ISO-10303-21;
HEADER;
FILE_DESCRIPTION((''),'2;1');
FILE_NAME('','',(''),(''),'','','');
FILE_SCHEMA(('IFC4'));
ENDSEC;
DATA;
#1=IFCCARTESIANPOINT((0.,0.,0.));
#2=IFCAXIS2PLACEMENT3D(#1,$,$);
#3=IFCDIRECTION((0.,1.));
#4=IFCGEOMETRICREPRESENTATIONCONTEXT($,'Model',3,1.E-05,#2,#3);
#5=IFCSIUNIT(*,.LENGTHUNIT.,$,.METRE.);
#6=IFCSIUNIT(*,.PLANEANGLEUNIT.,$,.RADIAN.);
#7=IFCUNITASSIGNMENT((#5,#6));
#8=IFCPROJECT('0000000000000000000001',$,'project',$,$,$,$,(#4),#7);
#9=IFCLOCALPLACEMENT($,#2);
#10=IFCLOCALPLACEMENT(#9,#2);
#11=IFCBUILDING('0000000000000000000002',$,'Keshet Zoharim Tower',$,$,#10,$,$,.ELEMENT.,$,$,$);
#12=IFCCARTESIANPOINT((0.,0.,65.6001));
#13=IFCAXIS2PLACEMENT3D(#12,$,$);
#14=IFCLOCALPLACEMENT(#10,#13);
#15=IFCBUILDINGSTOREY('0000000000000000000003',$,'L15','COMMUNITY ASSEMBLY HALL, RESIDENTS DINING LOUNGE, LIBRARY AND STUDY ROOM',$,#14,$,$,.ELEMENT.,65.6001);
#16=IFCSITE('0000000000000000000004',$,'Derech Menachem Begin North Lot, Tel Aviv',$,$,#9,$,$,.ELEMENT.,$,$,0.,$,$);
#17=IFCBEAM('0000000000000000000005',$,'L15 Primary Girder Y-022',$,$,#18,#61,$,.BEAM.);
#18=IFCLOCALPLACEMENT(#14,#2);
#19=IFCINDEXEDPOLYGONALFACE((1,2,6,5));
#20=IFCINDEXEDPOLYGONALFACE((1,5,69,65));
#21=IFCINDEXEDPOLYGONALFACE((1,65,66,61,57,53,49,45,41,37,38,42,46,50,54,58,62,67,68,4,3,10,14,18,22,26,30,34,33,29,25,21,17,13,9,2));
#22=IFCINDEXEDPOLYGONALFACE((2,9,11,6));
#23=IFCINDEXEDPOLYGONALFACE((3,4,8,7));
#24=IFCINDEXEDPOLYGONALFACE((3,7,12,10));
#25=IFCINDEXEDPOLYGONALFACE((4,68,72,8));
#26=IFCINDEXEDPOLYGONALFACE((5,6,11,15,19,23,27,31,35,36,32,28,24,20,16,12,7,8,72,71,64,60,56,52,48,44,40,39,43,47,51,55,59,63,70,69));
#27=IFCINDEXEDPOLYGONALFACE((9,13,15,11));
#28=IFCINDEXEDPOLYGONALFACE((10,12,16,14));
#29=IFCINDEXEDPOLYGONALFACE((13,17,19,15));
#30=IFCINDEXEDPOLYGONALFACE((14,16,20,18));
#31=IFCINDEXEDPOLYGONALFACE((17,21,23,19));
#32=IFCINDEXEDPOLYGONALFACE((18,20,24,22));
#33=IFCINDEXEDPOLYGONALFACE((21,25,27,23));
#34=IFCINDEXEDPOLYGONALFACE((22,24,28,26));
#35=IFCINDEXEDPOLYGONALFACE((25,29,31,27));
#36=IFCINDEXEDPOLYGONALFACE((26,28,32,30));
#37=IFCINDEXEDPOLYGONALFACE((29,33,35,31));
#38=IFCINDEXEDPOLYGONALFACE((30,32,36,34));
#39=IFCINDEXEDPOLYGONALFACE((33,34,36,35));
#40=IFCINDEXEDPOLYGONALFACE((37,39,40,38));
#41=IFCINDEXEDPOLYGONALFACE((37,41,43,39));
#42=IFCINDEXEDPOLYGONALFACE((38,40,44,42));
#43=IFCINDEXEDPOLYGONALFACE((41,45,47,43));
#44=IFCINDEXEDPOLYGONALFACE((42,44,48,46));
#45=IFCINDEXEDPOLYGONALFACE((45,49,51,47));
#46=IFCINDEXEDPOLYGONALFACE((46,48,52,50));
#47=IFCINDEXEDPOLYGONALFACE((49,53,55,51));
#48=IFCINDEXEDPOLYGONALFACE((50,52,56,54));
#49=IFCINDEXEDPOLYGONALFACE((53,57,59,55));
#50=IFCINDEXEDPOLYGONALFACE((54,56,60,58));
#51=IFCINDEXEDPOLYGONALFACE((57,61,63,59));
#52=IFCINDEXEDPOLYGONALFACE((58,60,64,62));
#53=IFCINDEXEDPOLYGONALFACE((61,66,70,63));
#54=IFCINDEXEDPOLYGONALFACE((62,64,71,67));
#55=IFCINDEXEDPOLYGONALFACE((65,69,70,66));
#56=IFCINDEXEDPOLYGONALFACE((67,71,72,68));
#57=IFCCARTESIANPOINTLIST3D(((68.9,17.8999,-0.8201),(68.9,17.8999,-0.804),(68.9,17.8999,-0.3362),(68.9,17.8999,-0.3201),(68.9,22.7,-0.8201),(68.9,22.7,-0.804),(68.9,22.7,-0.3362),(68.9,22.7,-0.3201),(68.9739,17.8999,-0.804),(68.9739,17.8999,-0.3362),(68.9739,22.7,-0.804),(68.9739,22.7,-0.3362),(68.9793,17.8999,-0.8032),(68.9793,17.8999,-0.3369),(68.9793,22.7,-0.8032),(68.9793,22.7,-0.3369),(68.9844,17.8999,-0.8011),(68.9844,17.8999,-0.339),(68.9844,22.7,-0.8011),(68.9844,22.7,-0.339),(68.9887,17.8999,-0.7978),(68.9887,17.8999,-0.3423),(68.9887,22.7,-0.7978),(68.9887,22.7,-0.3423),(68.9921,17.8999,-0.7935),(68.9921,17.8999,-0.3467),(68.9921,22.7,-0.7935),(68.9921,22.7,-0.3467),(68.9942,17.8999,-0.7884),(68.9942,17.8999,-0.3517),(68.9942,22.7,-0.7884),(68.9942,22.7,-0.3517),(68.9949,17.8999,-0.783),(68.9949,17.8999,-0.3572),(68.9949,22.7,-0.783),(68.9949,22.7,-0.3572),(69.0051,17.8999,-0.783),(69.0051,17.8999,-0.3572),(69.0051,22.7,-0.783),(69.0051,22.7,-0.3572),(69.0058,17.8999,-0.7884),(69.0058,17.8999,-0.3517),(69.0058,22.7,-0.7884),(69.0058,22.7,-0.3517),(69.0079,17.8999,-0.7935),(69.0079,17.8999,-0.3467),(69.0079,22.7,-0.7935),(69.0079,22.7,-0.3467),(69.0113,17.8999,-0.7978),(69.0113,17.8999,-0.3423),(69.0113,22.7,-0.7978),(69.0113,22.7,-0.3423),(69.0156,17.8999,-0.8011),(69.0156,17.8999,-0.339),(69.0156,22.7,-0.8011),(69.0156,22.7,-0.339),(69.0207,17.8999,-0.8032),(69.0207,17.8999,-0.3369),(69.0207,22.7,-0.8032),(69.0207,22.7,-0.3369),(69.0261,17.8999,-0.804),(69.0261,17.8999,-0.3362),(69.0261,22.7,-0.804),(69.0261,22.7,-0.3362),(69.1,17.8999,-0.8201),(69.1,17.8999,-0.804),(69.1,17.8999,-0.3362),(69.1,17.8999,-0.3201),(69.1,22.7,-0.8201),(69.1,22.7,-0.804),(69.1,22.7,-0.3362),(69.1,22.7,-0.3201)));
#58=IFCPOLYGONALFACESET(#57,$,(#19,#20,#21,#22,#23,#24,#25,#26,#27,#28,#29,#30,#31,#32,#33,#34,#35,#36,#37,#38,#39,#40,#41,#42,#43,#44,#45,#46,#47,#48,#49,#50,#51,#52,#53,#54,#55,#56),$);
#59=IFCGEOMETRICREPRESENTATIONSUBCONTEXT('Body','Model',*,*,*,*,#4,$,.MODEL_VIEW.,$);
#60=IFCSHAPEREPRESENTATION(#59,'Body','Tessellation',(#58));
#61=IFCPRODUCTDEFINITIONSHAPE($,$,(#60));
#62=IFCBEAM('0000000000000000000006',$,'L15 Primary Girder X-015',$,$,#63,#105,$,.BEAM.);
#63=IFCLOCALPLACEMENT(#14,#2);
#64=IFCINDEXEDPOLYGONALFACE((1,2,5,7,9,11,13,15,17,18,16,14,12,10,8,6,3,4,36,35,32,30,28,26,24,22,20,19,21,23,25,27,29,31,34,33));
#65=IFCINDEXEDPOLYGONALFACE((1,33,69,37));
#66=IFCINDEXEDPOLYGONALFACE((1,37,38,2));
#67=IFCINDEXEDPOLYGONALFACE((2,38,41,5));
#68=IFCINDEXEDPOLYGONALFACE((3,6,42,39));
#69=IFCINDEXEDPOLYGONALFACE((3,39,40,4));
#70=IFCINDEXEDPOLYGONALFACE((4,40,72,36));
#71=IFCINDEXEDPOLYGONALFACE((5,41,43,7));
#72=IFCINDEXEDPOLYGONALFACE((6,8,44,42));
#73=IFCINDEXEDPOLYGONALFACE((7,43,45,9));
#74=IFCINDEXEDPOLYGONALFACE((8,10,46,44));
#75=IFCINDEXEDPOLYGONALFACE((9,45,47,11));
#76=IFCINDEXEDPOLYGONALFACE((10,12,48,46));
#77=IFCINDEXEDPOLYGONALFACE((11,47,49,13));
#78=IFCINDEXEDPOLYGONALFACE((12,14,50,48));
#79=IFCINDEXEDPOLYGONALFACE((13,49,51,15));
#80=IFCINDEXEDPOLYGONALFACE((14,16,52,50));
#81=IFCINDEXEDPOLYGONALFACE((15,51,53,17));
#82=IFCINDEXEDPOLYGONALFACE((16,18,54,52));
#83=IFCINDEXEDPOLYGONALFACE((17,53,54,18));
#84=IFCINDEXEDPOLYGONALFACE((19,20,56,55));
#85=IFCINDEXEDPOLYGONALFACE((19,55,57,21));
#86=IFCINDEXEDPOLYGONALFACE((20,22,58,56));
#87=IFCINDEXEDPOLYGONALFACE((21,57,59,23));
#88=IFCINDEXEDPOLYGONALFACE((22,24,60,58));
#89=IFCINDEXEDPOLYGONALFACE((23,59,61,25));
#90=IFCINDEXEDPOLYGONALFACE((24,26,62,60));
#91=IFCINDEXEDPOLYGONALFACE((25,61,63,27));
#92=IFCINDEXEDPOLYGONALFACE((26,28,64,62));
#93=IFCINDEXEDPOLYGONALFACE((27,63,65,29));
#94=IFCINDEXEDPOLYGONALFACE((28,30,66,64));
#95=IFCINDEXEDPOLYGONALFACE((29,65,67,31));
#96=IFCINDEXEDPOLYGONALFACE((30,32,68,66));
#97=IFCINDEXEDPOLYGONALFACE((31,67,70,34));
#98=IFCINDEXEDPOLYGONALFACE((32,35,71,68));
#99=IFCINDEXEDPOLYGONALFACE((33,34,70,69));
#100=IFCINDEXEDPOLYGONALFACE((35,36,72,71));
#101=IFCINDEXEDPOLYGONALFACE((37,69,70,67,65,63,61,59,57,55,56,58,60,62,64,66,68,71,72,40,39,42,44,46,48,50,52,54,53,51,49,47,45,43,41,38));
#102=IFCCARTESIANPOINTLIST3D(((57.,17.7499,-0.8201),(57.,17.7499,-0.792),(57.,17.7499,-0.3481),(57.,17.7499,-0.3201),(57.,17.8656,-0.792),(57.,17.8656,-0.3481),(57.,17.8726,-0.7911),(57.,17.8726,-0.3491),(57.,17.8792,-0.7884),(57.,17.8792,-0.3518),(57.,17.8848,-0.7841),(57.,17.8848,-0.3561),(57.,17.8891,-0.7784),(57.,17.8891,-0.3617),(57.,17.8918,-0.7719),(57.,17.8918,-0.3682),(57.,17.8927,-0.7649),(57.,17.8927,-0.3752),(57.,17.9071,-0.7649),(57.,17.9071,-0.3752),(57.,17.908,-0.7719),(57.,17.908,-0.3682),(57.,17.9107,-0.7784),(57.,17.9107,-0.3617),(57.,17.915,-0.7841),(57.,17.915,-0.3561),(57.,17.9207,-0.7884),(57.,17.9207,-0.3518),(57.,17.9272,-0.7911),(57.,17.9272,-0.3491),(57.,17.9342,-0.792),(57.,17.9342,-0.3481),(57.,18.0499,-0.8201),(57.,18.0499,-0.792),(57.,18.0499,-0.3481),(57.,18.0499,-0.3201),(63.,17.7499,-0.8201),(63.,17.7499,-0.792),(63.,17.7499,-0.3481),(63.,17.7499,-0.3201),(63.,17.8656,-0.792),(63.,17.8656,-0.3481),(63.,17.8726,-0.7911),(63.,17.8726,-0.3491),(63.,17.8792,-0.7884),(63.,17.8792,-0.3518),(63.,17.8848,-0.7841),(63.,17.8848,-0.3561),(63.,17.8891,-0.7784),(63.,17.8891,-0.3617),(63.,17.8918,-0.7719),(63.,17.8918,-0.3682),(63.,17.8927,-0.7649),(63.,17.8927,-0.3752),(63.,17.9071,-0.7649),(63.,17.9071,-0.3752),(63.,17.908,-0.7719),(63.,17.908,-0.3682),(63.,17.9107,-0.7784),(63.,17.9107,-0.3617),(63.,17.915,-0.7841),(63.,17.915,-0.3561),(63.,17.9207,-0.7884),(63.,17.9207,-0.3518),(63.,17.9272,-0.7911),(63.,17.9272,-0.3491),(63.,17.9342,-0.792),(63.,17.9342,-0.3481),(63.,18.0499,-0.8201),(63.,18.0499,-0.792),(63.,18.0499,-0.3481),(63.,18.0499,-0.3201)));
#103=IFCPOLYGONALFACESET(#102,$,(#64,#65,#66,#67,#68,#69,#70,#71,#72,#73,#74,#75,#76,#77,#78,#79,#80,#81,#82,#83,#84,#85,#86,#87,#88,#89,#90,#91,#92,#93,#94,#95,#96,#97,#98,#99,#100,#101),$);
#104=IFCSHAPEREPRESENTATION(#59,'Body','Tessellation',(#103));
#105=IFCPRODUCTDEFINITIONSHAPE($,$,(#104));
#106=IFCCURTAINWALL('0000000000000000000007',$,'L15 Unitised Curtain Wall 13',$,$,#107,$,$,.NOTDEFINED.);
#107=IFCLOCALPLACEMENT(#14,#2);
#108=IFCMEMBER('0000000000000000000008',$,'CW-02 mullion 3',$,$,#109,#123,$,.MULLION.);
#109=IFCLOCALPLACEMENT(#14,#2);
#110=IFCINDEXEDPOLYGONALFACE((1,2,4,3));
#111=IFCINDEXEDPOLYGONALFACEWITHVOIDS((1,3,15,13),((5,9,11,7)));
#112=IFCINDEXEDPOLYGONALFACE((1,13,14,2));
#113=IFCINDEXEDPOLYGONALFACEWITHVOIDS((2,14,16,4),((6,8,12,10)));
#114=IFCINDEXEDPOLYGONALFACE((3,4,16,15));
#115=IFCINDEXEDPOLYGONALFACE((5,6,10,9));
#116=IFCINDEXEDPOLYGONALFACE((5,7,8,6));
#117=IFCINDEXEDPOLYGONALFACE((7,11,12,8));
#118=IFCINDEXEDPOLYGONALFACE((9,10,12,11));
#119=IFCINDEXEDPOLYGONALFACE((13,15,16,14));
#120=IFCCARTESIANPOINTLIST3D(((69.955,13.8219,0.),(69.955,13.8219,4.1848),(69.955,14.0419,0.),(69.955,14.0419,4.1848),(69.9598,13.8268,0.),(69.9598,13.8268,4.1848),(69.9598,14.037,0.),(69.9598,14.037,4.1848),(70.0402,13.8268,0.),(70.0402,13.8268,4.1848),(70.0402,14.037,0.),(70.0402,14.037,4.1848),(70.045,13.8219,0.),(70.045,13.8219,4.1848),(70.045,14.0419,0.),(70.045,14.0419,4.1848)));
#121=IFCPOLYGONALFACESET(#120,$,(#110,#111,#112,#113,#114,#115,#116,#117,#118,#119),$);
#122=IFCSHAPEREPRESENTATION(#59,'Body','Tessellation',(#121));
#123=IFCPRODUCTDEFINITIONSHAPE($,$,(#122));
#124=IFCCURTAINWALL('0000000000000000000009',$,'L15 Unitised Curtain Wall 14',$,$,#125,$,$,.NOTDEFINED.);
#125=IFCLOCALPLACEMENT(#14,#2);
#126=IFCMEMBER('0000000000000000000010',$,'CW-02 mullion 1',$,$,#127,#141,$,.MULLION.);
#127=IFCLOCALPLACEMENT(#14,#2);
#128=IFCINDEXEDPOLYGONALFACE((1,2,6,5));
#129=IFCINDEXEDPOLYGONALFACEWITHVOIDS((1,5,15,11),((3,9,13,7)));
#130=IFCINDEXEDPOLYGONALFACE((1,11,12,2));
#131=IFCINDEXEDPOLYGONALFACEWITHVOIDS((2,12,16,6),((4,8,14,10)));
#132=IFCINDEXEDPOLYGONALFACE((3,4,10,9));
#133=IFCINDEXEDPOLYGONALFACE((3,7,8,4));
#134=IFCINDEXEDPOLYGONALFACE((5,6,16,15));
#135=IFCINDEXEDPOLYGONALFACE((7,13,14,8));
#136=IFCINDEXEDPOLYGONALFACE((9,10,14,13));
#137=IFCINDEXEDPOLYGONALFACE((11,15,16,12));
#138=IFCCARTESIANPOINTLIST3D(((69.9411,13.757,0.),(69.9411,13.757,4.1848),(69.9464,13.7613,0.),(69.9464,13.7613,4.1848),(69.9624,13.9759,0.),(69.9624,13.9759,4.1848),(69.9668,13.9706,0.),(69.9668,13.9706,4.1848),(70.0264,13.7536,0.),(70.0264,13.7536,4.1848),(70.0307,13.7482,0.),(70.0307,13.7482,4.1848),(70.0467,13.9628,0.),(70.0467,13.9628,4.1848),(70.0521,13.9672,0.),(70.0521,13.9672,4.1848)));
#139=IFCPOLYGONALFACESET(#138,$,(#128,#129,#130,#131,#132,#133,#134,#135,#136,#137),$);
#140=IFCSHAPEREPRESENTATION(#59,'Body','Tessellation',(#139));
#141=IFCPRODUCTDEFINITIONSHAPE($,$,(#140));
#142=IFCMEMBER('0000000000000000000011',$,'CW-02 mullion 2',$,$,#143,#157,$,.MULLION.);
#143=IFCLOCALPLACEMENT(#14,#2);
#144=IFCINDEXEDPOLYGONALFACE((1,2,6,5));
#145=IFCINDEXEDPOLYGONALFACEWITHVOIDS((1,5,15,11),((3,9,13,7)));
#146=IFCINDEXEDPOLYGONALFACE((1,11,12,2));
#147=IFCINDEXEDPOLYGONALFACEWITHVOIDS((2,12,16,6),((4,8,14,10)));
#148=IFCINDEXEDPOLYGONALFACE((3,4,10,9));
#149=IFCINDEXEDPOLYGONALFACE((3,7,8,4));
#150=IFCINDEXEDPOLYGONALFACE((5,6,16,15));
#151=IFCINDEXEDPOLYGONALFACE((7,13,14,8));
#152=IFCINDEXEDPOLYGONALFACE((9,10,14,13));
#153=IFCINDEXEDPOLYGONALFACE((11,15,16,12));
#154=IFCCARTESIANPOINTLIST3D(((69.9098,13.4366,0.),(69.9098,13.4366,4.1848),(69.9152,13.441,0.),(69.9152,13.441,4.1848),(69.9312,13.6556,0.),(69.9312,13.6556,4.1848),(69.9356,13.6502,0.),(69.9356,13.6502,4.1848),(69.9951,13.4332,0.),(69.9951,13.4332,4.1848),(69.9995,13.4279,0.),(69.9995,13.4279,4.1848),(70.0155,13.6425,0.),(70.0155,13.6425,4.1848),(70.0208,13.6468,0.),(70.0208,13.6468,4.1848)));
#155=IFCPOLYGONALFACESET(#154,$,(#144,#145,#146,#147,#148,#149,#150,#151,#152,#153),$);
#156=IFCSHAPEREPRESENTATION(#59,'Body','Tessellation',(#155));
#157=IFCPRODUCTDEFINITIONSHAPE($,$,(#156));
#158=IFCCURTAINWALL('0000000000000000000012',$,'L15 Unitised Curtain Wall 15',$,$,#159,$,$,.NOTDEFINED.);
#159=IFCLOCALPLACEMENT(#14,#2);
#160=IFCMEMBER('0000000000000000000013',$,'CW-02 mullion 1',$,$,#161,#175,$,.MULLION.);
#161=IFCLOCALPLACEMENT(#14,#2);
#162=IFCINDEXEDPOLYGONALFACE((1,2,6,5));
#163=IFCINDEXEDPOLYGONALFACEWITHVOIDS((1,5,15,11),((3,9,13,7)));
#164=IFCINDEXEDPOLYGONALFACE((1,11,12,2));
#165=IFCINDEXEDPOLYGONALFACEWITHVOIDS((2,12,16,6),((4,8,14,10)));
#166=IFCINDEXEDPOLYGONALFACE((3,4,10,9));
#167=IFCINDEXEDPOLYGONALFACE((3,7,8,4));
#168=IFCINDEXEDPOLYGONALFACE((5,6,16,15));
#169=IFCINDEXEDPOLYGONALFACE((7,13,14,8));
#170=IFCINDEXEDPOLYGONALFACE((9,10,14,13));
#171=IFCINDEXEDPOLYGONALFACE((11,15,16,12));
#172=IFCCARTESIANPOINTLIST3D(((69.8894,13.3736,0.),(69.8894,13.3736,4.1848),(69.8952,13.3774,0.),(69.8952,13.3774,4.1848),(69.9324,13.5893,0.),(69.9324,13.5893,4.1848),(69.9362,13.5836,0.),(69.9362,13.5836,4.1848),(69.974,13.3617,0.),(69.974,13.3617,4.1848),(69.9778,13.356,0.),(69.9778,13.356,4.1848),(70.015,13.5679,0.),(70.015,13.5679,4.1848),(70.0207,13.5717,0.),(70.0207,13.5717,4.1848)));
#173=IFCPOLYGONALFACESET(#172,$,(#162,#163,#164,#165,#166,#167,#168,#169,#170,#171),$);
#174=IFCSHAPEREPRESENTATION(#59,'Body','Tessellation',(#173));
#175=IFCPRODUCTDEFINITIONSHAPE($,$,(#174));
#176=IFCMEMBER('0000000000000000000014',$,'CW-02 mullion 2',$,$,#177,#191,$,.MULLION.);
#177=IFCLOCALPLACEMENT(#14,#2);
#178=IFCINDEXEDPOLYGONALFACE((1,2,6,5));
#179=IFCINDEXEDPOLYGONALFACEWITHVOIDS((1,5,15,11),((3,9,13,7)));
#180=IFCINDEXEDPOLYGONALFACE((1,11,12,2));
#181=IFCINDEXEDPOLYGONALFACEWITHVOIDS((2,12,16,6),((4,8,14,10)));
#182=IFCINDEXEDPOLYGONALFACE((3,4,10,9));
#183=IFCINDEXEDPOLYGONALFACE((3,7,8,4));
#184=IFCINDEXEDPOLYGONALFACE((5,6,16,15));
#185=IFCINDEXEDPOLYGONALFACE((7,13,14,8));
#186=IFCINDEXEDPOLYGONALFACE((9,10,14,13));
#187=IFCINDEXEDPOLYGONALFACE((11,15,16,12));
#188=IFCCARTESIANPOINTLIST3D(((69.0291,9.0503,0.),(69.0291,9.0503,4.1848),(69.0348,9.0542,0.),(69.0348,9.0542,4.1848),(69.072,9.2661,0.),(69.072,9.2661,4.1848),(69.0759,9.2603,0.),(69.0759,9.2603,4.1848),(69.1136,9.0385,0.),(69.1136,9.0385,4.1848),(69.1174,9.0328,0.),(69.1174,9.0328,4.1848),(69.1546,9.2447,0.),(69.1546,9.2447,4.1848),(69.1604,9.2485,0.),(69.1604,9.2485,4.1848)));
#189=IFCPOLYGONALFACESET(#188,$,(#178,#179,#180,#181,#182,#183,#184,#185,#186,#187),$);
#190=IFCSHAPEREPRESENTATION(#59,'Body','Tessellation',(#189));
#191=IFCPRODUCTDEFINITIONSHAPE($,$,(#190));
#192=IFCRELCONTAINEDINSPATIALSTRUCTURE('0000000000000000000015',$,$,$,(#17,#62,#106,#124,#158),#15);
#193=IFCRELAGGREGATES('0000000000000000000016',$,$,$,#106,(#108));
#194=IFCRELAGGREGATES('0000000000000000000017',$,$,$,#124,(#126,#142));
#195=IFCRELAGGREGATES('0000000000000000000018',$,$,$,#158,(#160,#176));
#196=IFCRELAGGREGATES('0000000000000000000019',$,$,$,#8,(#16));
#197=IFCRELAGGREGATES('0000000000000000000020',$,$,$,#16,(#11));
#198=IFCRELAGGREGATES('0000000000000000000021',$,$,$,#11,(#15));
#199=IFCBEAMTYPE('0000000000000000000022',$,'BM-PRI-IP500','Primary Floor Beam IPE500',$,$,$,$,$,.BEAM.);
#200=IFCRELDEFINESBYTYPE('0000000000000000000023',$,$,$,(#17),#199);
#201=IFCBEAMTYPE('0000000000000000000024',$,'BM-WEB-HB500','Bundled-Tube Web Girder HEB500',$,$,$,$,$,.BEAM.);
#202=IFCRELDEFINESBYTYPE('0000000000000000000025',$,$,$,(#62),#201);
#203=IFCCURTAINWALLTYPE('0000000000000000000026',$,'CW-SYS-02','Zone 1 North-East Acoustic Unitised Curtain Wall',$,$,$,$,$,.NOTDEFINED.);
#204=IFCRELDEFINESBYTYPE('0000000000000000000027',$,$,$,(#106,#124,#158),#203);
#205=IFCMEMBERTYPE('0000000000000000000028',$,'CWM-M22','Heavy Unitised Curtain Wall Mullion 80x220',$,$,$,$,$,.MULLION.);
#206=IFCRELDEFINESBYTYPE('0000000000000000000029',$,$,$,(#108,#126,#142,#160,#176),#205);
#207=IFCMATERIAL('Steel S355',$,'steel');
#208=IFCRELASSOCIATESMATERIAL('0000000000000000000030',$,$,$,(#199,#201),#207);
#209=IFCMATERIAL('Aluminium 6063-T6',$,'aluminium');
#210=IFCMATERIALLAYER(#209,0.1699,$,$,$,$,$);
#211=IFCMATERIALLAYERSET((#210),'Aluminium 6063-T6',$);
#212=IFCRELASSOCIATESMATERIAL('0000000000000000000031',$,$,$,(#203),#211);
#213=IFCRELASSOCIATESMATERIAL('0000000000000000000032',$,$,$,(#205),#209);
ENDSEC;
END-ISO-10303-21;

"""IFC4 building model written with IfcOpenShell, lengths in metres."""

from ifc_helpers import new_model, si_unit, direction, frame, origin, origin_2d, place, context, subcontext, project, spatial, hollow_rectangle, i_section, extrude, material, layer, layer_set, material_profile, profile_set, type_object, element, aggregate, save


model = new_model("IFC4")

# Units and contexts
model_context = context("Model", 3, precision=1e-05, world=origin(), true_north=direction((0.0, 1.0)))
body_context = subcontext(model_context, "Body", "Model", "MODEL_VIEW")
ifc_project = project(units=[si_unit("LENGTHUNIT", "METRE"), si_unit("PLANEANGLEUNIT", "RADIAN")], contexts=[model_context])

# Site, building, storey
site_placement = place(None, origin())
site = spatial("IfcSite", under=ifc_project, at=site_placement, Name="Derech Menachem Begin North Lot, Tel Aviv", CompositionType="ELEMENT", RefElevation=0.0)
building_placement = place(site_placement, origin())
building = spatial("IfcBuilding", under=site, at=building_placement, Name="Keshet Zoharim Tower", CompositionType="ELEMENT")
storey_placement = place(building_placement, frame((0.0, 0.0, 65.6001)))
storey = spatial("IfcBuildingStorey", under=building, at=storey_placement, Name="L15", Description="COMMUNITY ASSEMBLY HALL, RESIDENTS DINING LOUNGE, LIBRARY AND STUDY ROOM", CompositionType="ELEMENT", Elevation=65.6001)

# Shared definitions
ifc_material_1 = material(Name="Steel S355", Category="steel")

# Beams
ifc_material_profile_1 = material_profile(ifc_material_1, i_section(OverallWidth=0.2, OverallDepth=0.5, WebThickness=0.0103, FlangeThickness=0.0161, FilletRadius=0.021, at=origin_2d()), Name="IPE500")
ifc_profile_set_1 = profile_set([ifc_material_profile_1], Name="Steel S355")
beam_type_1 = type_object("IfcBeamType", Name="BM-PRI-IP500", Description="Primary Floor Beam IPE500", PredefinedType="BEAM", material=ifc_profile_set_1)
beam_1_placement = place(storey_placement, frame((69.0, 17.8999, -0.5701), z_axis=(0.0, 1.0, 0.0), x_axis=(-1.0, 0.0, 0.0)))
element("IfcBeam", 1, at=beam_1_placement, inside=storey, type_object=beam_type_1, Name="L15 Primary Girder Y-022", PredefinedType="BEAM", context=body_context, shape_type="SweptSolid", body=[
    extrude(i_section(OverallWidth=0.2, OverallDepth=0.5, WebThickness=0.0103, FlangeThickness=0.0161, FilletRadius=0.021, at=origin_2d()), origin(), (0.0, 0.0, 1.0), 4.8),
])
ifc_material_profile_2 = material_profile(ifc_material_1, i_section(OverallWidth=0.3, OverallDepth=0.5, WebThickness=0.0144, FlangeThickness=0.0281, FilletRadius=0.0271, at=origin_2d()), Name="HEB500")
ifc_profile_set_2 = profile_set([ifc_material_profile_2], Name="Steel S355")
beam_type_2 = type_object("IfcBeamType", Name="BM-WEB-HB500", Description="Bundled-Tube Web Girder HEB500", PredefinedType="BEAM", material=ifc_profile_set_2)
beam_2_placement = place(storey_placement, frame((57.0, 17.8999, -0.5701), z_axis=(1.0, 0.0, 0.0), x_axis=(0.0, 1.0, 0.0)))
element("IfcBeam", 2, at=beam_2_placement, inside=storey, type_object=beam_type_2, Name="L15 Primary Girder X-015", PredefinedType="BEAM", context=body_context, shape_type="SweptSolid", body=[
    extrude(i_section(OverallWidth=0.3, OverallDepth=0.5, WebThickness=0.0144, FlangeThickness=0.0281, FilletRadius=0.0271, at=origin_2d()), origin(), (0.0, 0.0, 1.0), 6.0),
])

# Curtain wall, member
ifc_material_2 = material(Name="Aluminium 6063-T6", Category="aluminium")
ifc_layer_1 = layer(ifc_material_2, 0.1699)
ifc_layer_set_1 = layer_set([ifc_layer_1], Name="Aluminium 6063-T6")
curtain_wall_type = type_object("IfcCurtainWallType", Name="CW-SYS-02", Description="Zone 1 North-East Acoustic Unitised Curtain Wall", PredefinedType="NOTDEFINED", material=ifc_layer_set_1)
curtain_wall_1_placement = place(storey_placement, origin())
curtain_wall_1 = element("IfcCurtainWall", 3, at=curtain_wall_1_placement, inside=storey, type_object=curtain_wall_type, Name="L15 Unitised Curtain Wall 13", PredefinedType="NOTDEFINED")
ifc_material_profile_3 = material_profile(ifc_material_2, hollow_rectangle(XDim=0.0901, YDim=0.22, WallThickness=0.0049, at=origin_2d()), Name="MUL-90x220")
ifc_profile_set_3 = profile_set([ifc_material_profile_3], Name="Aluminium 6063-T6")
member_type_1 = type_object("IfcMemberType", Name="CWM-M22", Description="Heavy Unitised Curtain Wall Mullion 80x220", PredefinedType="MULLION", material=ifc_profile_set_3)
member_1_placement = place(storey_placement, frame((70.0, 13.9319, 0.0), z_axis=(0.0, 0.0, 1.0), x_axis=(1.0, 0.0, 0.0)))
member_1 = element("IfcMember", 4, at=member_1_placement, type_object=member_type_1, Name="CW-02 mullion 3", PredefinedType="MULLION", context=body_context, shape_type="SweptSolid", body=[
    extrude(hollow_rectangle(XDim=0.0901, YDim=0.22, WallThickness=0.0049, at=origin_2d()), origin(), (0.0, 0.0, 1.0), 4.1848),
])

# Curtain walls, members
curtain_wall_2_placement = place(storey_placement, origin())
curtain_wall_2 = element("IfcCurtainWall", 5, at=curtain_wall_2_placement, inside=storey, type_object=curtain_wall_type, Name="L15 Unitised Curtain Wall 14", PredefinedType="NOTDEFINED")
member_2_placement = place(storey_placement, frame((69.9966, 13.8621, 0.0), z_axis=(0.0, 0.0, 1.0), x_axis=(0.995287, -0.096977, 0.0)))
member_2 = element("IfcMember", 6, at=member_2_placement, type_object=member_type_1, Name="CW-02 mullion 1", PredefinedType="MULLION", context=body_context, shape_type="SweptSolid", body=[
    extrude(hollow_rectangle(XDim=0.0901, YDim=0.22, WallThickness=0.0049, at=origin_2d()), origin(), (0.0, 0.0, 1.0), 4.1848),
])
member_3_placement = place(storey_placement, frame((69.9653, 13.5417, 0.0), z_axis=(0.0, 0.0, 1.0), x_axis=(0.995287, -0.096977, 0.0)))
member_3 = element("IfcMember", 7, at=member_3_placement, type_object=member_type_1, Name="CW-02 mullion 2", PredefinedType="MULLION", context=body_context, shape_type="SweptSolid", body=[
    extrude(hollow_rectangle(XDim=0.0901, YDim=0.22, WallThickness=0.0049, at=origin_2d()), origin(), (0.0, 0.0, 1.0), 4.1848),
])
curtain_wall_3_placement = place(storey_placement, origin())
curtain_wall_3 = element("IfcCurtainWall", 8, at=curtain_wall_3_placement, inside=storey, type_object=curtain_wall_type, Name="L15 Unitised Curtain Wall 15", PredefinedType="NOTDEFINED")
member_4_placement = place(storey_placement, frame((69.9551, 13.4727, 0.0), z_axis=(0.0, 0.0, 1.0), x_axis=(0.980769, -0.195171, 0.0)))
member_4 = element("IfcMember", 9, at=member_4_placement, type_object=member_type_1, Name="CW-02 mullion 1", PredefinedType="MULLION", context=body_context, shape_type="SweptSolid", body=[
    extrude(hollow_rectangle(XDim=0.0901, YDim=0.22, WallThickness=0.0049, at=origin_2d()), origin(), (0.0, 0.0, 1.0), 4.1848),
])
member_5_placement = place(storey_placement, frame((69.0947, 9.1494, 0.0), z_axis=(0.0, 0.0, 1.0), x_axis=(0.980769, -0.195171, 0.0)))
member_5 = element("IfcMember", 10, at=member_5_placement, type_object=member_type_1, Name="CW-02 mullion 2", PredefinedType="MULLION", context=body_context, shape_type="SweptSolid", body=[
    extrude(hollow_rectangle(XDim=0.0901, YDim=0.22, WallThickness=0.0049, at=origin_2d()), origin(), (0.0, 0.0, 1.0), 4.1848),
])

aggregate(curtain_wall_1, [member_1])
aggregate(curtain_wall_2, [member_2, member_3])
aggregate(curtain_wall_3, [member_4, member_5])

save(model, "model.ifc")
